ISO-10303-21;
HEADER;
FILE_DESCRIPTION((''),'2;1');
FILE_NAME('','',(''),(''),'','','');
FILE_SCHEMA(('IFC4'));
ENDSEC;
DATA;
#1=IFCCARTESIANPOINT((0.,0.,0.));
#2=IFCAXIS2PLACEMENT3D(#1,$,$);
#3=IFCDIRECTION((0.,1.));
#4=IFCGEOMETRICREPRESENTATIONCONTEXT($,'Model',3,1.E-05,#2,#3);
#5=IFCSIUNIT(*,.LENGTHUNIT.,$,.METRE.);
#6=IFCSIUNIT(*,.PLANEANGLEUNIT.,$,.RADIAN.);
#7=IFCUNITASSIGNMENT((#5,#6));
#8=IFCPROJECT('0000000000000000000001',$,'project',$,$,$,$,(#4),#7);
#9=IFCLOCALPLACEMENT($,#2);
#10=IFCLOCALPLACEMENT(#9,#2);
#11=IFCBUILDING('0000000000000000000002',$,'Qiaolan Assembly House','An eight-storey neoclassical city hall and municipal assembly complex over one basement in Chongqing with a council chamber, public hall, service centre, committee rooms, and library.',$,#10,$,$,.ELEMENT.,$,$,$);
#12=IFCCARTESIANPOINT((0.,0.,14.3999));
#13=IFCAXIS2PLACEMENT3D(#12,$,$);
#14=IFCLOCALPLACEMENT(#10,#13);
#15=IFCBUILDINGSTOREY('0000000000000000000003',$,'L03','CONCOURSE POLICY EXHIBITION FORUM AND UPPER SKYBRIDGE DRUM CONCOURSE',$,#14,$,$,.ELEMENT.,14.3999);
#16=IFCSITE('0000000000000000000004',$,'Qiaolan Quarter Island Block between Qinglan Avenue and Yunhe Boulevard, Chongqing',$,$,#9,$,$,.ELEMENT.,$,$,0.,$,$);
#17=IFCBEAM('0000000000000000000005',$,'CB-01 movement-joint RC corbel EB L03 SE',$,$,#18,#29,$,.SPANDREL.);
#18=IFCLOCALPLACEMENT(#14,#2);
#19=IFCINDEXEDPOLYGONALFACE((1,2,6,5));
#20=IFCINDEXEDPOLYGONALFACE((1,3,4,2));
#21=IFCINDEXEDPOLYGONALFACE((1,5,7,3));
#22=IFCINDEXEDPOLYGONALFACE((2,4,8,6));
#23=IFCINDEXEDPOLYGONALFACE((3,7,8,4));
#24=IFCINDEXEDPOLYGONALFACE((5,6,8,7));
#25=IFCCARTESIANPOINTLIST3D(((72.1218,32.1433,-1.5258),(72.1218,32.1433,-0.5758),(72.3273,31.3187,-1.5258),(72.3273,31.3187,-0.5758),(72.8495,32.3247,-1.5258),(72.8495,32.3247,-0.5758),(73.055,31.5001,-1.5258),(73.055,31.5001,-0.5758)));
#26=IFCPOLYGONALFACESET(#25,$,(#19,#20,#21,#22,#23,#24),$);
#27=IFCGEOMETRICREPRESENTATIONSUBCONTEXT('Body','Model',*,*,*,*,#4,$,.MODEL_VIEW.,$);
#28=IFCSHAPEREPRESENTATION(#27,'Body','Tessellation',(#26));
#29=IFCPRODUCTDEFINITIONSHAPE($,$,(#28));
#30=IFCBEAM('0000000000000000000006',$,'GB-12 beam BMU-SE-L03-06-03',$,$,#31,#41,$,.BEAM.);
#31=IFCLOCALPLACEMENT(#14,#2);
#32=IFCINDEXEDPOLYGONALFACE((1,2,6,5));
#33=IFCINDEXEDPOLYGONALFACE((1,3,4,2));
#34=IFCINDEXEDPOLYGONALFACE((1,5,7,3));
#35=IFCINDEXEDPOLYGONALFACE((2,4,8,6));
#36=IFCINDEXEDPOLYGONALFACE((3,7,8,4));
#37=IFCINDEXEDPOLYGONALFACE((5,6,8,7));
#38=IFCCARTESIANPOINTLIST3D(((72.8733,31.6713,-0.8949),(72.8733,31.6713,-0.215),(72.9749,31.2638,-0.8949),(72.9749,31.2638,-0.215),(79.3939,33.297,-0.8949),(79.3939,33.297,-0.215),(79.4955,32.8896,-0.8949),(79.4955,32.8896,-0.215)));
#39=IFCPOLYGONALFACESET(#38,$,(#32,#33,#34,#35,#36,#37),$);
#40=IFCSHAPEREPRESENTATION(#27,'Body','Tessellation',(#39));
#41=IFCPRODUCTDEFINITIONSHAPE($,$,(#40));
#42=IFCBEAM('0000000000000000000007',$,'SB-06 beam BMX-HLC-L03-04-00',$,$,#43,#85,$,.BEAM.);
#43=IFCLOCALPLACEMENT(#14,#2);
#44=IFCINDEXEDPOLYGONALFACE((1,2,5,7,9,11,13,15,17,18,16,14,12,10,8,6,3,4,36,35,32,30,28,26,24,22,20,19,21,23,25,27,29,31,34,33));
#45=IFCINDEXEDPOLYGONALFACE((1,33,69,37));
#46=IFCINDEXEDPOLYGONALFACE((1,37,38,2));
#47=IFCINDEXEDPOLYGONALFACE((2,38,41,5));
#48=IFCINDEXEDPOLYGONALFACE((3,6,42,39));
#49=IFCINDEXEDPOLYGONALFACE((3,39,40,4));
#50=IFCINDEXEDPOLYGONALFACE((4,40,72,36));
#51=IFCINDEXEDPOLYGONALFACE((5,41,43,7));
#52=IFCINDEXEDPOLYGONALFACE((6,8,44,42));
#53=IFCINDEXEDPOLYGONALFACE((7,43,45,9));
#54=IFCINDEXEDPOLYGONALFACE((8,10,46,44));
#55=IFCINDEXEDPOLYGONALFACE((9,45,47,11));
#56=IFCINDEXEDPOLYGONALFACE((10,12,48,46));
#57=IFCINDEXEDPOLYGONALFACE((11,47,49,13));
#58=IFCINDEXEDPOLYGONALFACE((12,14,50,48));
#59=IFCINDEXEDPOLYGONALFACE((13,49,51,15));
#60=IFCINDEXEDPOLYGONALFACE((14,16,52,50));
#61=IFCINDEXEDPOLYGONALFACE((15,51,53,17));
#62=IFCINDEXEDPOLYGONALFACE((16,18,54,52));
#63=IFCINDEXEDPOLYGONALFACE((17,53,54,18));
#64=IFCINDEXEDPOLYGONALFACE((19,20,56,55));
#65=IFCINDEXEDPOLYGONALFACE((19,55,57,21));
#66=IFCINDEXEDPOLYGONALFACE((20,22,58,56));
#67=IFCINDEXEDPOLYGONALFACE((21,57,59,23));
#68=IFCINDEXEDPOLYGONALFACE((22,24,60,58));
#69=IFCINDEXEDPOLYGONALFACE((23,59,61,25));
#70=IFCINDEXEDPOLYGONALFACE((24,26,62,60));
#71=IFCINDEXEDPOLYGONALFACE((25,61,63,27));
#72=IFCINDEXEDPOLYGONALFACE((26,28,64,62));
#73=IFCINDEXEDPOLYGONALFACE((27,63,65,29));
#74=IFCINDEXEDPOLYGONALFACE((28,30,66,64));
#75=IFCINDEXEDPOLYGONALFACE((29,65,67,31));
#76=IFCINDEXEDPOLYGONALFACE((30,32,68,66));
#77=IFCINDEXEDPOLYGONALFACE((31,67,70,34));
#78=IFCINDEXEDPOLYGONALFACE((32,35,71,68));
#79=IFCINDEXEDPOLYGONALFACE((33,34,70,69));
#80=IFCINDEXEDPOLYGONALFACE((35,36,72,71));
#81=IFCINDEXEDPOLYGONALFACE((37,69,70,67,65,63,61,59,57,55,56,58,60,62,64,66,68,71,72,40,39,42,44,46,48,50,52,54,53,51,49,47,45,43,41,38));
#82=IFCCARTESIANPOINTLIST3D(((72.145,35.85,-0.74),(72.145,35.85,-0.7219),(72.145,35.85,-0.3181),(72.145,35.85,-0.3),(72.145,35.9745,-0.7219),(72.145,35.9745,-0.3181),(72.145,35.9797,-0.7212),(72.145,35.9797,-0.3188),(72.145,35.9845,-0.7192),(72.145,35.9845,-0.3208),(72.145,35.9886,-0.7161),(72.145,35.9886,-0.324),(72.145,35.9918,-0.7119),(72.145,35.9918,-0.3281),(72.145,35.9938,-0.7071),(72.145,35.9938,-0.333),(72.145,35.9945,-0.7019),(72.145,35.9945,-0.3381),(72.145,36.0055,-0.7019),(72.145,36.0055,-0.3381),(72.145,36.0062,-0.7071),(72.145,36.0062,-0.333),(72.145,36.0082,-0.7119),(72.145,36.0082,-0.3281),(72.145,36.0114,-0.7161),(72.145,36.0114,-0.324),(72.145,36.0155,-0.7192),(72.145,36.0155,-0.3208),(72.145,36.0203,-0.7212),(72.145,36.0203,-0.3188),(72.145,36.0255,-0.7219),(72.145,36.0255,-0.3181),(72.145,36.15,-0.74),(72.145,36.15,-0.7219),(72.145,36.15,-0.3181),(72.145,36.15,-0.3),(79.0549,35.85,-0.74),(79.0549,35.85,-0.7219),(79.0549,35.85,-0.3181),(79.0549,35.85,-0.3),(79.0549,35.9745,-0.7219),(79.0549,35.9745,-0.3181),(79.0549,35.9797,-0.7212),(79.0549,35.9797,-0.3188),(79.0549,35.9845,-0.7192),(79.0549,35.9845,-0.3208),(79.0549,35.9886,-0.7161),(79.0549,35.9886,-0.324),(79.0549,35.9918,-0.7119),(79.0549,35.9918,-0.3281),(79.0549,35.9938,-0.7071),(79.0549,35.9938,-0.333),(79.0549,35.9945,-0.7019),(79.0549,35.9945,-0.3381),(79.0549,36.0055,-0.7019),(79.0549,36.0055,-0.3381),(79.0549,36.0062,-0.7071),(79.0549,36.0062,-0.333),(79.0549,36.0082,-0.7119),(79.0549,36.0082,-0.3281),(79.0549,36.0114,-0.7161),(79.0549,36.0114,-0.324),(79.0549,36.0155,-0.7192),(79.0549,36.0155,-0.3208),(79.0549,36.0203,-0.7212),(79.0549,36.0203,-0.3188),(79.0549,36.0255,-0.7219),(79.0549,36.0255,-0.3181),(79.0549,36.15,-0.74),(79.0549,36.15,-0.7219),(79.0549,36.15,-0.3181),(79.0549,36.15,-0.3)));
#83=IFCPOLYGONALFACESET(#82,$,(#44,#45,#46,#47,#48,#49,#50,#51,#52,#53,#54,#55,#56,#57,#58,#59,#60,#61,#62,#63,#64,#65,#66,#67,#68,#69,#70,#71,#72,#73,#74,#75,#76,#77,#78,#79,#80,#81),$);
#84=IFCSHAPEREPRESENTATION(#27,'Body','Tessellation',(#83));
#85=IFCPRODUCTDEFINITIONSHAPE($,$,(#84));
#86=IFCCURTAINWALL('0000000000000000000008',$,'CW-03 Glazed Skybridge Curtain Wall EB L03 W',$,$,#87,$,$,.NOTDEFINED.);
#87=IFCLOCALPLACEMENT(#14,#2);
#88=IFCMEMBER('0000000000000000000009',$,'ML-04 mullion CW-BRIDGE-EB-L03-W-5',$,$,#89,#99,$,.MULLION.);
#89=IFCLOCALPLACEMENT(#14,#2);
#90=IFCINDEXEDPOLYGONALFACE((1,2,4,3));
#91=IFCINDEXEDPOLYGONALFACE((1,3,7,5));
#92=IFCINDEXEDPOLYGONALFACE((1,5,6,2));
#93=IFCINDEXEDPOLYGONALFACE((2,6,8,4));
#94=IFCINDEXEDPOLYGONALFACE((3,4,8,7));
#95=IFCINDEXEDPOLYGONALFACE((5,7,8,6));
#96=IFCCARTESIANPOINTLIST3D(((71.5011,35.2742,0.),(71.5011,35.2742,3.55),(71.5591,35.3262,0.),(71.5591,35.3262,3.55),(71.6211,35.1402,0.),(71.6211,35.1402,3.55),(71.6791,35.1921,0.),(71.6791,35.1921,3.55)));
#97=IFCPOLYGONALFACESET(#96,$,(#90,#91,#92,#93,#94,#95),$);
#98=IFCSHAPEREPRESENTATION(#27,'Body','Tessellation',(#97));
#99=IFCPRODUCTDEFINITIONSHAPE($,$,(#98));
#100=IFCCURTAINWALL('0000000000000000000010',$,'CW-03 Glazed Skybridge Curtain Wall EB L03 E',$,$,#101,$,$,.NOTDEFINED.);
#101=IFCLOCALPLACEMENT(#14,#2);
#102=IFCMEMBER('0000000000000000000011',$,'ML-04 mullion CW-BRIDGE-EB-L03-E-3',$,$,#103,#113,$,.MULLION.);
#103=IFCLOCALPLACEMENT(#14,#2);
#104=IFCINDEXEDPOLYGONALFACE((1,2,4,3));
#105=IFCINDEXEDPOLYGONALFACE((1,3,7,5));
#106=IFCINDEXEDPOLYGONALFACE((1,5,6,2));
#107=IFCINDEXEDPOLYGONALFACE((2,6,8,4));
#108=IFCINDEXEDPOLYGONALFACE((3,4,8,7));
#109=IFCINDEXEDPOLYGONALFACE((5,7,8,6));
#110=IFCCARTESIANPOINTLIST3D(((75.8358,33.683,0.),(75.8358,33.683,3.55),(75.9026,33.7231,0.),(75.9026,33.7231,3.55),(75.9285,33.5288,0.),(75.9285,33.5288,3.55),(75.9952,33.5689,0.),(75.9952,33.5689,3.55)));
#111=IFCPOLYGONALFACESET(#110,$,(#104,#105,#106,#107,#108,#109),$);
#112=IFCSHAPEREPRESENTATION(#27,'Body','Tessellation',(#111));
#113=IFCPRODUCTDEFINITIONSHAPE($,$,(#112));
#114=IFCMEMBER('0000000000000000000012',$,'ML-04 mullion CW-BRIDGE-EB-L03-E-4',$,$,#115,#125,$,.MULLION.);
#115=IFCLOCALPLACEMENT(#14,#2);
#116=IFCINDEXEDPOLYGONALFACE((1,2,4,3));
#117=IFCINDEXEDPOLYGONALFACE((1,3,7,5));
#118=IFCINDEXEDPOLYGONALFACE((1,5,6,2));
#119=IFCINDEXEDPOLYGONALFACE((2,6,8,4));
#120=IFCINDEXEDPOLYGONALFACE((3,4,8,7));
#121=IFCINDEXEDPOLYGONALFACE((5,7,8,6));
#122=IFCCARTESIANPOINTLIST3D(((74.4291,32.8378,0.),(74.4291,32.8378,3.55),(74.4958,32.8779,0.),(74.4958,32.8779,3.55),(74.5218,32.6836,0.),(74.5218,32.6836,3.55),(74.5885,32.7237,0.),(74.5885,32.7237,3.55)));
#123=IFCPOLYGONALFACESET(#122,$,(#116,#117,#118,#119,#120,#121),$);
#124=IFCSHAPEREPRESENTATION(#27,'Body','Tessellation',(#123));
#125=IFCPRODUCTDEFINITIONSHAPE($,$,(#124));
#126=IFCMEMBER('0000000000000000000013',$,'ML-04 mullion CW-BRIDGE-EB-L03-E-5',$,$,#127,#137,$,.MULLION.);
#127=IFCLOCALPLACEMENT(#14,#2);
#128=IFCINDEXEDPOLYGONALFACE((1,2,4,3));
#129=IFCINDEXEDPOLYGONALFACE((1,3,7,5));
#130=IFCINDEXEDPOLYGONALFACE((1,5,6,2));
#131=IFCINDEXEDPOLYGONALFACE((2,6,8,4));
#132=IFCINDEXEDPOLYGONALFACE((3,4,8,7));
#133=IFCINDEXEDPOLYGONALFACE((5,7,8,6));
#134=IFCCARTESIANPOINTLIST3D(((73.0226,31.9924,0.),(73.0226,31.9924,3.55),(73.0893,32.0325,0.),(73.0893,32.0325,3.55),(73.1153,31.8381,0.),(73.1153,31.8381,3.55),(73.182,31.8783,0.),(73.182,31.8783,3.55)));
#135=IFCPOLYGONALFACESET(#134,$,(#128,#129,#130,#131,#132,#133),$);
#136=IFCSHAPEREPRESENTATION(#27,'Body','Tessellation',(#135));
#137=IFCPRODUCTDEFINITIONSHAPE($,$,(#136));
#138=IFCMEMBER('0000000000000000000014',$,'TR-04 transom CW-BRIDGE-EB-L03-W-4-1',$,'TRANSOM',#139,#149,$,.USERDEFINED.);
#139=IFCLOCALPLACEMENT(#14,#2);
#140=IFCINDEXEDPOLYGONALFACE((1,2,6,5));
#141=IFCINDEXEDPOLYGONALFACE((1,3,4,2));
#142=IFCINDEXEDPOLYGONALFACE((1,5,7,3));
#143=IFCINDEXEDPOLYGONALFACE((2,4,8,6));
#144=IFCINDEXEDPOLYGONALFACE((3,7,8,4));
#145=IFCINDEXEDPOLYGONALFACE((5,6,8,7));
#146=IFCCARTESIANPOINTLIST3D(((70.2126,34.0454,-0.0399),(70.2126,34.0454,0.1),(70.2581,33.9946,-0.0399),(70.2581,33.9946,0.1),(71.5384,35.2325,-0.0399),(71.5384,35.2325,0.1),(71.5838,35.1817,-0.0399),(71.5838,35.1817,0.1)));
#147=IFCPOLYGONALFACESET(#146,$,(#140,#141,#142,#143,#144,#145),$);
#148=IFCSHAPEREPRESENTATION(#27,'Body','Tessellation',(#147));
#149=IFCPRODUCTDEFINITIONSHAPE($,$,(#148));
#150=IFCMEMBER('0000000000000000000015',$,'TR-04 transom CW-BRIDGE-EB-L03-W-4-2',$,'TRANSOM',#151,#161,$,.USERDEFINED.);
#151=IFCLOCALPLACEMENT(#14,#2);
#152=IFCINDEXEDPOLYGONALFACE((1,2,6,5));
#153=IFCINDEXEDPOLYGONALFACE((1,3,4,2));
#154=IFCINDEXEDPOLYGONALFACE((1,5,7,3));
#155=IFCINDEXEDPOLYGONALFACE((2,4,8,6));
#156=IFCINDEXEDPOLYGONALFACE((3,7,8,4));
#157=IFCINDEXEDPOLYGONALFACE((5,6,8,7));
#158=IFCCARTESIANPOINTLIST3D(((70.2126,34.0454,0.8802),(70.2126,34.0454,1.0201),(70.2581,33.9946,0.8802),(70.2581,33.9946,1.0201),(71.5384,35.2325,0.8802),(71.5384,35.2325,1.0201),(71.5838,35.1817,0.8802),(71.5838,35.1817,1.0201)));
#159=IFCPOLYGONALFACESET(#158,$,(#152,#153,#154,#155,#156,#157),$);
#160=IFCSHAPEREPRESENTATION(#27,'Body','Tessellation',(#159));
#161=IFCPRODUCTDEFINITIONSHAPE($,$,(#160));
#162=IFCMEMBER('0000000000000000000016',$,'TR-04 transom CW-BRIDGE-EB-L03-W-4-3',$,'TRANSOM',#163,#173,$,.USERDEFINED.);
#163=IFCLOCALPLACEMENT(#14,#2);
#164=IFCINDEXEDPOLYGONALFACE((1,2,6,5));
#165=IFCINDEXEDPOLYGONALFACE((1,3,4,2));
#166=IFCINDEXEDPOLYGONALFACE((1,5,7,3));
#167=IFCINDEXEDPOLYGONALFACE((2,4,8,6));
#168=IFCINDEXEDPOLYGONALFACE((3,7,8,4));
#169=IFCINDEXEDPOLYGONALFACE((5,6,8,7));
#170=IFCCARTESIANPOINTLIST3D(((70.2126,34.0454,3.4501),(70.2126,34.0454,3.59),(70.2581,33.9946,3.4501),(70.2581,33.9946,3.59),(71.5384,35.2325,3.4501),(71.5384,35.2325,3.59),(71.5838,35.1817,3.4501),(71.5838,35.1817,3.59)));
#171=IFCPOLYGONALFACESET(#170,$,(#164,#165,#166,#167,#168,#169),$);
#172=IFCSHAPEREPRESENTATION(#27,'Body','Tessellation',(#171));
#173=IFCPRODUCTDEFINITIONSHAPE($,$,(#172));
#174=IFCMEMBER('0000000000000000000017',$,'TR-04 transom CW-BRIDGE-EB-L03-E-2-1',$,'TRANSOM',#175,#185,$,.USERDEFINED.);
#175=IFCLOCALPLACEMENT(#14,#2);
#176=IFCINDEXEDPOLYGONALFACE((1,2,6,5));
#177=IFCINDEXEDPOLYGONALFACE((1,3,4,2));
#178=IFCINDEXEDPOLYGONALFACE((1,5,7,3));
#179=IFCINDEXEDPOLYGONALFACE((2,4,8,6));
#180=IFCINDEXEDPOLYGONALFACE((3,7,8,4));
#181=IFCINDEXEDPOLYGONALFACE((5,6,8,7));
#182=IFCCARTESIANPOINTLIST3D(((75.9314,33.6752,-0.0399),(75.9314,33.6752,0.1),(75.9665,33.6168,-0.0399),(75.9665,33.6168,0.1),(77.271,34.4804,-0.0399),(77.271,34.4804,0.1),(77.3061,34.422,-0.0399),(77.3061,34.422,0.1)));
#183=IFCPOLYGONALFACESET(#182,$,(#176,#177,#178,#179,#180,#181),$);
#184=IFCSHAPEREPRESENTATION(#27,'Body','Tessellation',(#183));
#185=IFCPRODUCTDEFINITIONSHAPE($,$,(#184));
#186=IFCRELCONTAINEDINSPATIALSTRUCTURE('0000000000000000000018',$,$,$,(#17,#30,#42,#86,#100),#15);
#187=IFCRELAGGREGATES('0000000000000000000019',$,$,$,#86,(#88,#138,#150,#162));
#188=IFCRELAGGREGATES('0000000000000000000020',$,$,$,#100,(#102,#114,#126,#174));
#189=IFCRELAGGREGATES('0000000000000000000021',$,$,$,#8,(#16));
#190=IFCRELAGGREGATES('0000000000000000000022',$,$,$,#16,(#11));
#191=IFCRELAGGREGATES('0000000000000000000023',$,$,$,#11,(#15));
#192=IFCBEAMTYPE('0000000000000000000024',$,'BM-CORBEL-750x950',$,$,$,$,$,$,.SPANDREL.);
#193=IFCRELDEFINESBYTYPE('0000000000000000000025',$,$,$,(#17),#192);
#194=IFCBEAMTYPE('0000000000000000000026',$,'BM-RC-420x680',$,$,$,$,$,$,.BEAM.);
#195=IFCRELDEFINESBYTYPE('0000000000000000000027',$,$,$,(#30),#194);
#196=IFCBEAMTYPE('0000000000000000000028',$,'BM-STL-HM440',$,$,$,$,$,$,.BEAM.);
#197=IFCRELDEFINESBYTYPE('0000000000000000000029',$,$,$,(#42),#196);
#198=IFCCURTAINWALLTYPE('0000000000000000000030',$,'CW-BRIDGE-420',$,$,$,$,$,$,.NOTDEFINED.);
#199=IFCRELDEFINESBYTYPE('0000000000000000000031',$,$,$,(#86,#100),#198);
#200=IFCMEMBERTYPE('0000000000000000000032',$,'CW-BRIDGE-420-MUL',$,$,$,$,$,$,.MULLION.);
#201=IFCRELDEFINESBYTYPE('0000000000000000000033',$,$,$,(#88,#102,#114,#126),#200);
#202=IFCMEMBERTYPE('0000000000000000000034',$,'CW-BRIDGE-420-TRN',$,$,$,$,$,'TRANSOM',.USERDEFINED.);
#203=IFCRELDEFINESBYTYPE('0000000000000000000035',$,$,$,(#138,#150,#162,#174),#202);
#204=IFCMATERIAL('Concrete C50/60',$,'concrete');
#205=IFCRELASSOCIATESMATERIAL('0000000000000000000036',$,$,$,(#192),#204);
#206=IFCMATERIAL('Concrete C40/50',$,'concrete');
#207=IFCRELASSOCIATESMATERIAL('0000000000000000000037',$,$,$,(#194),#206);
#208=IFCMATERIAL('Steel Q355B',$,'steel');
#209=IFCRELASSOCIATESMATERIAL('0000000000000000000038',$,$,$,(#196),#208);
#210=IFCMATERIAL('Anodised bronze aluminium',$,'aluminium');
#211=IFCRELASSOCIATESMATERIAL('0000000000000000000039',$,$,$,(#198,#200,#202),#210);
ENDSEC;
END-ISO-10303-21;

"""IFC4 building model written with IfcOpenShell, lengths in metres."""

from ifc_helpers import new_model, si_unit, direction, frame, origin, origin_2d, place, context, subcontext, project, spatial, rectangle, i_section, extrude, material, material_profile, profile_set, type_object, element, aggregate, save


model = new_model("IFC4")

# Units and contexts
model_context = context("Model", 3, precision=1e-05, world=origin(), true_north=direction((0.0, 1.0)))
body_context = subcontext(model_context, "Body", "Model", "MODEL_VIEW")
ifc_project = project(units=[si_unit("LENGTHUNIT", "METRE"), si_unit("PLANEANGLEUNIT", "RADIAN")], contexts=[model_context])

# Site, building, storey
site_placement = place(None, origin())
site = spatial("IfcSite", under=ifc_project, at=site_placement, Name="Qiaolan Quarter Island Block between Qinglan Avenue and Yunhe Boulevard, Chongqing", CompositionType="ELEMENT", RefElevation=0.0)
building_placement = place(site_placement, origin())
building = spatial("IfcBuilding", under=site, at=building_placement, Name="Qiaolan Assembly House", Description="An eight-storey neoclassical city hall and municipal assembly complex over one basement in Chongqing with a council chamber, public hall, service centre, committee rooms, and library.", CompositionType="ELEMENT")
storey_placement = place(building_placement, frame((0.0, 0.0, 14.3999)))
storey = spatial("IfcBuildingStorey", under=building, at=storey_placement, Name="L03", Description="CONCOURSE POLICY EXHIBITION FORUM AND UPPER SKYBRIDGE DRUM CONCOURSE", CompositionType="ELEMENT", Elevation=14.3999)

# Shared definitions
ifc_material_1 = material(Name="Steel Q355B", Category="steel")

# Beams
ifc_material_2 = material(Name="Concrete C50/60", Category="concrete")
ifc_material_profile_1 = material_profile(ifc_material_2, rectangle(XDim=0.75, YDim=0.95, at=origin_2d()), Name="RCB 750x950")
ifc_profile_set_1 = profile_set([ifc_material_profile_1], Name="Concrete C50/60")
beam_type_1 = type_object("IfcBeamType", Name="BM-CORBEL-750x950", PredefinedType="SPANDREL", material=ifc_profile_set_1)
beam_1_placement = place(storey_placement, frame((72.6912, 31.4094, -1.0508), z_axis=(-0.24186, 0.970311, 0.0), x_axis=(-0.970311, -0.24186, 0.0)))
element("IfcBeam", 1, at=beam_1_placement, inside=storey, type_object=beam_type_1, Name="CB-01 movement-joint RC corbel EB L03 SE", PredefinedType="SPANDREL", context=body_context, shape_type="SweptSolid", body=[
    extrude(rectangle(XDim=0.75, YDim=0.95, at=origin_2d()), origin(), (0.0, 0.0, 1.0), 0.8499),
])
ifc_material_3 = material(Name="Concrete C40/50", Category="concrete")
ifc_material_profile_2 = material_profile(ifc_material_3, rectangle(XDim=0.4199, YDim=0.6799, at=origin_2d()), Name="RCB 420x680")
ifc_profile_set_2 = profile_set([ifc_material_profile_2], Name="Concrete C40/50")
beam_type_2 = type_object("IfcBeamType", Name="BM-RC-420x680", PredefinedType="BEAM", material=ifc_profile_set_2)
beam_2_placement = place(storey_placement, frame((72.9241, 31.4675, -0.5549), z_axis=(0.970296, 0.24192, 0.0), x_axis=(-0.24192, 0.970296, 0.0)))
element("IfcBeam", 2, at=beam_2_placement, inside=storey, type_object=beam_type_2, Name="GB-12 beam BMU-SE-L03-06-03", PredefinedType="BEAM", context=body_context, shape_type="SweptSolid", body=[
    extrude(rectangle(XDim=0.4199, YDim=0.6799, at=origin_2d()), origin(), (0.0, 0.0, 1.0), 6.7202),
])
ifc_material_profile_3 = material_profile(ifc_material_1, i_section(OverallWidth=0.3, OverallDepth=0.4399, WebThickness=0.011, FlangeThickness=0.0181, FilletRadius=0.02, at=origin_2d()), Name="HM 440x300x11x18")
ifc_profile_set_3 = profile_set([ifc_material_profile_3], Name="Steel Q355B")
beam_type_3 = type_object("IfcBeamType", Name="BM-STL-HM440", PredefinedType="BEAM", material=ifc_profile_set_3)
beam_3_placement = place(storey_placement, frame((72.145, 36.0, -0.52), z_axis=(1.0, 0.0, 0.0), x_axis=(0.0, 1.0, 0.0)))
element("IfcBeam", 3, at=beam_3_placement, inside=storey, type_object=beam_type_3, Name="SB-06 beam BMX-HLC-L03-04-00", PredefinedType="BEAM", context=body_context, shape_type="SweptSolid", body=[
    extrude(i_section(OverallWidth=0.3, OverallDepth=0.4399, WebThickness=0.011, FlangeThickness=0.0181, FilletRadius=0.02, at=origin_2d()), origin(), (0.0, 0.0, 1.0), 6.9099),
])

# Curtain wall, member
ifc_material_4 = material(Name="Anodised bronze aluminium", Category="aluminium")
curtain_wall_type_1 = type_object("IfcCurtainWallType", Name="CW-BRIDGE-420", PredefinedType="NOTDEFINED", material=ifc_material_4)
curtain_wall_1_placement = place(storey_placement, origin())
curtain_wall_1 = element("IfcCurtainWall", 4, at=curtain_wall_1_placement, inside=storey, type_object=curtain_wall_type_1, Name="CW-03 Glazed Skybridge Curtain Wall EB L03 W", PredefinedType="NOTDEFINED")
ifc_material_profile_4 = material_profile(ifc_material_4, rectangle(XDim=0.0779, YDim=0.1799, at=origin_2d()), Name="MUL 78x180")
ifc_profile_set_4 = profile_set([ifc_material_profile_4], Name="Anodised bronze aluminium")
member_type_1 = type_object("IfcMemberType", Name="CW-BRIDGE-420-MUL", PredefinedType="MULLION", material=ifc_profile_set_4)
member_1_placement = place(storey_placement, frame((71.5901, 35.2332, 0.0), z_axis=(0.0, 0.0, 1.0), x_axis=(0.745038, 0.667022, 0.0)))
member_1 = element("IfcMember", 5, at=member_1_placement, type_object=member_type_1, Name="ML-04 mullion CW-BRIDGE-EB-L03-W-5", PredefinedType="MULLION", context=body_context, shape_type="SweptSolid", body=[
    extrude(rectangle(XDim=0.0779, YDim=0.1799, at=origin_2d()), origin(), (0.0, 0.0, 1.0), 3.55),
])

# Curtain wall, members
curtain_wall_2_placement = place(storey_placement, origin())
curtain_wall_2 = element("IfcCurtainWall", 6, at=curtain_wall_2_placement, inside=storey, type_object=curtain_wall_type_1, Name="CW-03 Glazed Skybridge Curtain Wall EB L03 E", PredefinedType="NOTDEFINED")
member_2_placement = place(storey_placement, frame((75.9155, 33.626, 0.0), z_axis=(0.0, 0.0, 1.0), x_axis=(-0.85712, -0.515117, 0.0)))
member_2 = element("IfcMember", 7, at=member_2_placement, type_object=member_type_1, Name="ML-04 mullion CW-BRIDGE-EB-L03-E-3", PredefinedType="MULLION", context=body_context, shape_type="SweptSolid", body=[
    extrude(rectangle(XDim=0.0779, YDim=0.1799, at=origin_2d()), origin(), (0.0, 0.0, 1.0), 3.55),
])
member_3_placement = place(storey_placement, frame((74.5088, 32.7808, 0.0), z_axis=(0.0, 0.0, 1.0), x_axis=(-0.85712, -0.515117, 0.0)))
member_3 = element("IfcMember", 8, at=member_3_placement, type_object=member_type_1, Name="ML-04 mullion CW-BRIDGE-EB-L03-E-4", PredefinedType="MULLION", context=body_context, shape_type="SweptSolid", body=[
    extrude(rectangle(XDim=0.0779, YDim=0.1799, at=origin_2d()), origin(), (0.0, 0.0, 1.0), 3.55),
])
member_4_placement = place(storey_placement, frame((73.1023, 31.9353, 0.0), z_axis=(0.0, 0.0, 1.0), x_axis=(-0.85712, -0.515117, 0.0)))
member_4 = element("IfcMember", 9, at=member_4_placement, type_object=member_type_1, Name="ML-04 mullion CW-BRIDGE-EB-L03-E-5", PredefinedType="MULLION", context=body_context, shape_type="SweptSolid", body=[
    extrude(rectangle(XDim=0.0779, YDim=0.1799, at=origin_2d()), origin(), (0.0, 0.0, 1.0), 3.55),
])

# Members
ifc_material_profile_5 = material_profile(ifc_material_4, rectangle(XDim=0.0681, YDim=0.1399, at=origin_2d()), Name="TRN 68x140")
ifc_profile_set_5 = profile_set([ifc_material_profile_5], Name="Anodised bronze aluminium")
member_type_2 = type_object("IfcMemberType", Name="CW-BRIDGE-420-TRN", ElementType="TRANSOM", PredefinedType="USERDEFINED", material=ifc_profile_set_5)
member_5_placement = place(storey_placement, frame((70.2354, 34.02, 0.03), z_axis=(0.744997, 0.667068, 0.0), x_axis=(-0.667068, 0.744997, 0.0)))
member_5 = element("IfcMember", 10, at=member_5_placement, type_object=member_type_2, Name="TR-04 transom CW-BRIDGE-EB-L03-W-4-1", ObjectType="TRANSOM", PredefinedType="USERDEFINED", context=body_context, shape_type="SweptSolid", body=[
    extrude(rectangle(XDim=0.0681, YDim=0.1399, at=origin_2d()), origin(), (0.0, 0.0, 1.0), 1.7795),
])
member_6_placement = place(storey_placement, frame((70.2354, 34.02, 0.9502), z_axis=(0.744997, 0.667068, 0.0), x_axis=(-0.667068, 0.744997, 0.0)))
member_6 = element("IfcMember", 11, at=member_6_placement, type_object=member_type_2, Name="TR-04 transom CW-BRIDGE-EB-L03-W-4-2", ObjectType="TRANSOM", PredefinedType="USERDEFINED", context=body_context, shape_type="SweptSolid", body=[
    extrude(rectangle(XDim=0.0681, YDim=0.1399, at=origin_2d()), origin(), (0.0, 0.0, 1.0), 1.7795),
])
member_7_placement = place(storey_placement, frame((70.2354, 34.02, 3.52), z_axis=(0.744997, 0.667068, 0.0), x_axis=(-0.667068, 0.744997, 0.0)))
member_7 = element("IfcMember", 12, at=member_7_placement, type_object=member_type_2, Name="TR-04 transom CW-BRIDGE-EB-L03-W-4-3", ObjectType="TRANSOM", PredefinedType="USERDEFINED", context=body_context, shape_type="SweptSolid", body=[
    extrude(rectangle(XDim=0.0681, YDim=0.1399, at=origin_2d()), origin(), (0.0, 0.0, 1.0), 1.7795),
])
aggregate(curtain_wall_1, [member_1, member_5, member_6, member_7])
member_8_placement = place(storey_placement, frame((77.2886, 34.4512, 0.03), z_axis=(-0.857093, -0.515162, 0.0), x_axis=(0.515162, -0.857093, 0.0)))
member_8 = element("IfcMember", 13, at=member_8_placement, type_object=member_type_2, Name="TR-04 transom CW-BRIDGE-EB-L03-E-2-1", ObjectType="TRANSOM", PredefinedType="USERDEFINED", context=body_context, shape_type="SweptSolid", body=[
    extrude(rectangle(XDim=0.0681, YDim=0.1399, at=origin_2d()), origin(), (0.0, 0.0, 1.0), 1.563),
])

aggregate(curtain_wall_2, [member_2, member_3, member_4, member_8])

save(model, "model.ifc")
